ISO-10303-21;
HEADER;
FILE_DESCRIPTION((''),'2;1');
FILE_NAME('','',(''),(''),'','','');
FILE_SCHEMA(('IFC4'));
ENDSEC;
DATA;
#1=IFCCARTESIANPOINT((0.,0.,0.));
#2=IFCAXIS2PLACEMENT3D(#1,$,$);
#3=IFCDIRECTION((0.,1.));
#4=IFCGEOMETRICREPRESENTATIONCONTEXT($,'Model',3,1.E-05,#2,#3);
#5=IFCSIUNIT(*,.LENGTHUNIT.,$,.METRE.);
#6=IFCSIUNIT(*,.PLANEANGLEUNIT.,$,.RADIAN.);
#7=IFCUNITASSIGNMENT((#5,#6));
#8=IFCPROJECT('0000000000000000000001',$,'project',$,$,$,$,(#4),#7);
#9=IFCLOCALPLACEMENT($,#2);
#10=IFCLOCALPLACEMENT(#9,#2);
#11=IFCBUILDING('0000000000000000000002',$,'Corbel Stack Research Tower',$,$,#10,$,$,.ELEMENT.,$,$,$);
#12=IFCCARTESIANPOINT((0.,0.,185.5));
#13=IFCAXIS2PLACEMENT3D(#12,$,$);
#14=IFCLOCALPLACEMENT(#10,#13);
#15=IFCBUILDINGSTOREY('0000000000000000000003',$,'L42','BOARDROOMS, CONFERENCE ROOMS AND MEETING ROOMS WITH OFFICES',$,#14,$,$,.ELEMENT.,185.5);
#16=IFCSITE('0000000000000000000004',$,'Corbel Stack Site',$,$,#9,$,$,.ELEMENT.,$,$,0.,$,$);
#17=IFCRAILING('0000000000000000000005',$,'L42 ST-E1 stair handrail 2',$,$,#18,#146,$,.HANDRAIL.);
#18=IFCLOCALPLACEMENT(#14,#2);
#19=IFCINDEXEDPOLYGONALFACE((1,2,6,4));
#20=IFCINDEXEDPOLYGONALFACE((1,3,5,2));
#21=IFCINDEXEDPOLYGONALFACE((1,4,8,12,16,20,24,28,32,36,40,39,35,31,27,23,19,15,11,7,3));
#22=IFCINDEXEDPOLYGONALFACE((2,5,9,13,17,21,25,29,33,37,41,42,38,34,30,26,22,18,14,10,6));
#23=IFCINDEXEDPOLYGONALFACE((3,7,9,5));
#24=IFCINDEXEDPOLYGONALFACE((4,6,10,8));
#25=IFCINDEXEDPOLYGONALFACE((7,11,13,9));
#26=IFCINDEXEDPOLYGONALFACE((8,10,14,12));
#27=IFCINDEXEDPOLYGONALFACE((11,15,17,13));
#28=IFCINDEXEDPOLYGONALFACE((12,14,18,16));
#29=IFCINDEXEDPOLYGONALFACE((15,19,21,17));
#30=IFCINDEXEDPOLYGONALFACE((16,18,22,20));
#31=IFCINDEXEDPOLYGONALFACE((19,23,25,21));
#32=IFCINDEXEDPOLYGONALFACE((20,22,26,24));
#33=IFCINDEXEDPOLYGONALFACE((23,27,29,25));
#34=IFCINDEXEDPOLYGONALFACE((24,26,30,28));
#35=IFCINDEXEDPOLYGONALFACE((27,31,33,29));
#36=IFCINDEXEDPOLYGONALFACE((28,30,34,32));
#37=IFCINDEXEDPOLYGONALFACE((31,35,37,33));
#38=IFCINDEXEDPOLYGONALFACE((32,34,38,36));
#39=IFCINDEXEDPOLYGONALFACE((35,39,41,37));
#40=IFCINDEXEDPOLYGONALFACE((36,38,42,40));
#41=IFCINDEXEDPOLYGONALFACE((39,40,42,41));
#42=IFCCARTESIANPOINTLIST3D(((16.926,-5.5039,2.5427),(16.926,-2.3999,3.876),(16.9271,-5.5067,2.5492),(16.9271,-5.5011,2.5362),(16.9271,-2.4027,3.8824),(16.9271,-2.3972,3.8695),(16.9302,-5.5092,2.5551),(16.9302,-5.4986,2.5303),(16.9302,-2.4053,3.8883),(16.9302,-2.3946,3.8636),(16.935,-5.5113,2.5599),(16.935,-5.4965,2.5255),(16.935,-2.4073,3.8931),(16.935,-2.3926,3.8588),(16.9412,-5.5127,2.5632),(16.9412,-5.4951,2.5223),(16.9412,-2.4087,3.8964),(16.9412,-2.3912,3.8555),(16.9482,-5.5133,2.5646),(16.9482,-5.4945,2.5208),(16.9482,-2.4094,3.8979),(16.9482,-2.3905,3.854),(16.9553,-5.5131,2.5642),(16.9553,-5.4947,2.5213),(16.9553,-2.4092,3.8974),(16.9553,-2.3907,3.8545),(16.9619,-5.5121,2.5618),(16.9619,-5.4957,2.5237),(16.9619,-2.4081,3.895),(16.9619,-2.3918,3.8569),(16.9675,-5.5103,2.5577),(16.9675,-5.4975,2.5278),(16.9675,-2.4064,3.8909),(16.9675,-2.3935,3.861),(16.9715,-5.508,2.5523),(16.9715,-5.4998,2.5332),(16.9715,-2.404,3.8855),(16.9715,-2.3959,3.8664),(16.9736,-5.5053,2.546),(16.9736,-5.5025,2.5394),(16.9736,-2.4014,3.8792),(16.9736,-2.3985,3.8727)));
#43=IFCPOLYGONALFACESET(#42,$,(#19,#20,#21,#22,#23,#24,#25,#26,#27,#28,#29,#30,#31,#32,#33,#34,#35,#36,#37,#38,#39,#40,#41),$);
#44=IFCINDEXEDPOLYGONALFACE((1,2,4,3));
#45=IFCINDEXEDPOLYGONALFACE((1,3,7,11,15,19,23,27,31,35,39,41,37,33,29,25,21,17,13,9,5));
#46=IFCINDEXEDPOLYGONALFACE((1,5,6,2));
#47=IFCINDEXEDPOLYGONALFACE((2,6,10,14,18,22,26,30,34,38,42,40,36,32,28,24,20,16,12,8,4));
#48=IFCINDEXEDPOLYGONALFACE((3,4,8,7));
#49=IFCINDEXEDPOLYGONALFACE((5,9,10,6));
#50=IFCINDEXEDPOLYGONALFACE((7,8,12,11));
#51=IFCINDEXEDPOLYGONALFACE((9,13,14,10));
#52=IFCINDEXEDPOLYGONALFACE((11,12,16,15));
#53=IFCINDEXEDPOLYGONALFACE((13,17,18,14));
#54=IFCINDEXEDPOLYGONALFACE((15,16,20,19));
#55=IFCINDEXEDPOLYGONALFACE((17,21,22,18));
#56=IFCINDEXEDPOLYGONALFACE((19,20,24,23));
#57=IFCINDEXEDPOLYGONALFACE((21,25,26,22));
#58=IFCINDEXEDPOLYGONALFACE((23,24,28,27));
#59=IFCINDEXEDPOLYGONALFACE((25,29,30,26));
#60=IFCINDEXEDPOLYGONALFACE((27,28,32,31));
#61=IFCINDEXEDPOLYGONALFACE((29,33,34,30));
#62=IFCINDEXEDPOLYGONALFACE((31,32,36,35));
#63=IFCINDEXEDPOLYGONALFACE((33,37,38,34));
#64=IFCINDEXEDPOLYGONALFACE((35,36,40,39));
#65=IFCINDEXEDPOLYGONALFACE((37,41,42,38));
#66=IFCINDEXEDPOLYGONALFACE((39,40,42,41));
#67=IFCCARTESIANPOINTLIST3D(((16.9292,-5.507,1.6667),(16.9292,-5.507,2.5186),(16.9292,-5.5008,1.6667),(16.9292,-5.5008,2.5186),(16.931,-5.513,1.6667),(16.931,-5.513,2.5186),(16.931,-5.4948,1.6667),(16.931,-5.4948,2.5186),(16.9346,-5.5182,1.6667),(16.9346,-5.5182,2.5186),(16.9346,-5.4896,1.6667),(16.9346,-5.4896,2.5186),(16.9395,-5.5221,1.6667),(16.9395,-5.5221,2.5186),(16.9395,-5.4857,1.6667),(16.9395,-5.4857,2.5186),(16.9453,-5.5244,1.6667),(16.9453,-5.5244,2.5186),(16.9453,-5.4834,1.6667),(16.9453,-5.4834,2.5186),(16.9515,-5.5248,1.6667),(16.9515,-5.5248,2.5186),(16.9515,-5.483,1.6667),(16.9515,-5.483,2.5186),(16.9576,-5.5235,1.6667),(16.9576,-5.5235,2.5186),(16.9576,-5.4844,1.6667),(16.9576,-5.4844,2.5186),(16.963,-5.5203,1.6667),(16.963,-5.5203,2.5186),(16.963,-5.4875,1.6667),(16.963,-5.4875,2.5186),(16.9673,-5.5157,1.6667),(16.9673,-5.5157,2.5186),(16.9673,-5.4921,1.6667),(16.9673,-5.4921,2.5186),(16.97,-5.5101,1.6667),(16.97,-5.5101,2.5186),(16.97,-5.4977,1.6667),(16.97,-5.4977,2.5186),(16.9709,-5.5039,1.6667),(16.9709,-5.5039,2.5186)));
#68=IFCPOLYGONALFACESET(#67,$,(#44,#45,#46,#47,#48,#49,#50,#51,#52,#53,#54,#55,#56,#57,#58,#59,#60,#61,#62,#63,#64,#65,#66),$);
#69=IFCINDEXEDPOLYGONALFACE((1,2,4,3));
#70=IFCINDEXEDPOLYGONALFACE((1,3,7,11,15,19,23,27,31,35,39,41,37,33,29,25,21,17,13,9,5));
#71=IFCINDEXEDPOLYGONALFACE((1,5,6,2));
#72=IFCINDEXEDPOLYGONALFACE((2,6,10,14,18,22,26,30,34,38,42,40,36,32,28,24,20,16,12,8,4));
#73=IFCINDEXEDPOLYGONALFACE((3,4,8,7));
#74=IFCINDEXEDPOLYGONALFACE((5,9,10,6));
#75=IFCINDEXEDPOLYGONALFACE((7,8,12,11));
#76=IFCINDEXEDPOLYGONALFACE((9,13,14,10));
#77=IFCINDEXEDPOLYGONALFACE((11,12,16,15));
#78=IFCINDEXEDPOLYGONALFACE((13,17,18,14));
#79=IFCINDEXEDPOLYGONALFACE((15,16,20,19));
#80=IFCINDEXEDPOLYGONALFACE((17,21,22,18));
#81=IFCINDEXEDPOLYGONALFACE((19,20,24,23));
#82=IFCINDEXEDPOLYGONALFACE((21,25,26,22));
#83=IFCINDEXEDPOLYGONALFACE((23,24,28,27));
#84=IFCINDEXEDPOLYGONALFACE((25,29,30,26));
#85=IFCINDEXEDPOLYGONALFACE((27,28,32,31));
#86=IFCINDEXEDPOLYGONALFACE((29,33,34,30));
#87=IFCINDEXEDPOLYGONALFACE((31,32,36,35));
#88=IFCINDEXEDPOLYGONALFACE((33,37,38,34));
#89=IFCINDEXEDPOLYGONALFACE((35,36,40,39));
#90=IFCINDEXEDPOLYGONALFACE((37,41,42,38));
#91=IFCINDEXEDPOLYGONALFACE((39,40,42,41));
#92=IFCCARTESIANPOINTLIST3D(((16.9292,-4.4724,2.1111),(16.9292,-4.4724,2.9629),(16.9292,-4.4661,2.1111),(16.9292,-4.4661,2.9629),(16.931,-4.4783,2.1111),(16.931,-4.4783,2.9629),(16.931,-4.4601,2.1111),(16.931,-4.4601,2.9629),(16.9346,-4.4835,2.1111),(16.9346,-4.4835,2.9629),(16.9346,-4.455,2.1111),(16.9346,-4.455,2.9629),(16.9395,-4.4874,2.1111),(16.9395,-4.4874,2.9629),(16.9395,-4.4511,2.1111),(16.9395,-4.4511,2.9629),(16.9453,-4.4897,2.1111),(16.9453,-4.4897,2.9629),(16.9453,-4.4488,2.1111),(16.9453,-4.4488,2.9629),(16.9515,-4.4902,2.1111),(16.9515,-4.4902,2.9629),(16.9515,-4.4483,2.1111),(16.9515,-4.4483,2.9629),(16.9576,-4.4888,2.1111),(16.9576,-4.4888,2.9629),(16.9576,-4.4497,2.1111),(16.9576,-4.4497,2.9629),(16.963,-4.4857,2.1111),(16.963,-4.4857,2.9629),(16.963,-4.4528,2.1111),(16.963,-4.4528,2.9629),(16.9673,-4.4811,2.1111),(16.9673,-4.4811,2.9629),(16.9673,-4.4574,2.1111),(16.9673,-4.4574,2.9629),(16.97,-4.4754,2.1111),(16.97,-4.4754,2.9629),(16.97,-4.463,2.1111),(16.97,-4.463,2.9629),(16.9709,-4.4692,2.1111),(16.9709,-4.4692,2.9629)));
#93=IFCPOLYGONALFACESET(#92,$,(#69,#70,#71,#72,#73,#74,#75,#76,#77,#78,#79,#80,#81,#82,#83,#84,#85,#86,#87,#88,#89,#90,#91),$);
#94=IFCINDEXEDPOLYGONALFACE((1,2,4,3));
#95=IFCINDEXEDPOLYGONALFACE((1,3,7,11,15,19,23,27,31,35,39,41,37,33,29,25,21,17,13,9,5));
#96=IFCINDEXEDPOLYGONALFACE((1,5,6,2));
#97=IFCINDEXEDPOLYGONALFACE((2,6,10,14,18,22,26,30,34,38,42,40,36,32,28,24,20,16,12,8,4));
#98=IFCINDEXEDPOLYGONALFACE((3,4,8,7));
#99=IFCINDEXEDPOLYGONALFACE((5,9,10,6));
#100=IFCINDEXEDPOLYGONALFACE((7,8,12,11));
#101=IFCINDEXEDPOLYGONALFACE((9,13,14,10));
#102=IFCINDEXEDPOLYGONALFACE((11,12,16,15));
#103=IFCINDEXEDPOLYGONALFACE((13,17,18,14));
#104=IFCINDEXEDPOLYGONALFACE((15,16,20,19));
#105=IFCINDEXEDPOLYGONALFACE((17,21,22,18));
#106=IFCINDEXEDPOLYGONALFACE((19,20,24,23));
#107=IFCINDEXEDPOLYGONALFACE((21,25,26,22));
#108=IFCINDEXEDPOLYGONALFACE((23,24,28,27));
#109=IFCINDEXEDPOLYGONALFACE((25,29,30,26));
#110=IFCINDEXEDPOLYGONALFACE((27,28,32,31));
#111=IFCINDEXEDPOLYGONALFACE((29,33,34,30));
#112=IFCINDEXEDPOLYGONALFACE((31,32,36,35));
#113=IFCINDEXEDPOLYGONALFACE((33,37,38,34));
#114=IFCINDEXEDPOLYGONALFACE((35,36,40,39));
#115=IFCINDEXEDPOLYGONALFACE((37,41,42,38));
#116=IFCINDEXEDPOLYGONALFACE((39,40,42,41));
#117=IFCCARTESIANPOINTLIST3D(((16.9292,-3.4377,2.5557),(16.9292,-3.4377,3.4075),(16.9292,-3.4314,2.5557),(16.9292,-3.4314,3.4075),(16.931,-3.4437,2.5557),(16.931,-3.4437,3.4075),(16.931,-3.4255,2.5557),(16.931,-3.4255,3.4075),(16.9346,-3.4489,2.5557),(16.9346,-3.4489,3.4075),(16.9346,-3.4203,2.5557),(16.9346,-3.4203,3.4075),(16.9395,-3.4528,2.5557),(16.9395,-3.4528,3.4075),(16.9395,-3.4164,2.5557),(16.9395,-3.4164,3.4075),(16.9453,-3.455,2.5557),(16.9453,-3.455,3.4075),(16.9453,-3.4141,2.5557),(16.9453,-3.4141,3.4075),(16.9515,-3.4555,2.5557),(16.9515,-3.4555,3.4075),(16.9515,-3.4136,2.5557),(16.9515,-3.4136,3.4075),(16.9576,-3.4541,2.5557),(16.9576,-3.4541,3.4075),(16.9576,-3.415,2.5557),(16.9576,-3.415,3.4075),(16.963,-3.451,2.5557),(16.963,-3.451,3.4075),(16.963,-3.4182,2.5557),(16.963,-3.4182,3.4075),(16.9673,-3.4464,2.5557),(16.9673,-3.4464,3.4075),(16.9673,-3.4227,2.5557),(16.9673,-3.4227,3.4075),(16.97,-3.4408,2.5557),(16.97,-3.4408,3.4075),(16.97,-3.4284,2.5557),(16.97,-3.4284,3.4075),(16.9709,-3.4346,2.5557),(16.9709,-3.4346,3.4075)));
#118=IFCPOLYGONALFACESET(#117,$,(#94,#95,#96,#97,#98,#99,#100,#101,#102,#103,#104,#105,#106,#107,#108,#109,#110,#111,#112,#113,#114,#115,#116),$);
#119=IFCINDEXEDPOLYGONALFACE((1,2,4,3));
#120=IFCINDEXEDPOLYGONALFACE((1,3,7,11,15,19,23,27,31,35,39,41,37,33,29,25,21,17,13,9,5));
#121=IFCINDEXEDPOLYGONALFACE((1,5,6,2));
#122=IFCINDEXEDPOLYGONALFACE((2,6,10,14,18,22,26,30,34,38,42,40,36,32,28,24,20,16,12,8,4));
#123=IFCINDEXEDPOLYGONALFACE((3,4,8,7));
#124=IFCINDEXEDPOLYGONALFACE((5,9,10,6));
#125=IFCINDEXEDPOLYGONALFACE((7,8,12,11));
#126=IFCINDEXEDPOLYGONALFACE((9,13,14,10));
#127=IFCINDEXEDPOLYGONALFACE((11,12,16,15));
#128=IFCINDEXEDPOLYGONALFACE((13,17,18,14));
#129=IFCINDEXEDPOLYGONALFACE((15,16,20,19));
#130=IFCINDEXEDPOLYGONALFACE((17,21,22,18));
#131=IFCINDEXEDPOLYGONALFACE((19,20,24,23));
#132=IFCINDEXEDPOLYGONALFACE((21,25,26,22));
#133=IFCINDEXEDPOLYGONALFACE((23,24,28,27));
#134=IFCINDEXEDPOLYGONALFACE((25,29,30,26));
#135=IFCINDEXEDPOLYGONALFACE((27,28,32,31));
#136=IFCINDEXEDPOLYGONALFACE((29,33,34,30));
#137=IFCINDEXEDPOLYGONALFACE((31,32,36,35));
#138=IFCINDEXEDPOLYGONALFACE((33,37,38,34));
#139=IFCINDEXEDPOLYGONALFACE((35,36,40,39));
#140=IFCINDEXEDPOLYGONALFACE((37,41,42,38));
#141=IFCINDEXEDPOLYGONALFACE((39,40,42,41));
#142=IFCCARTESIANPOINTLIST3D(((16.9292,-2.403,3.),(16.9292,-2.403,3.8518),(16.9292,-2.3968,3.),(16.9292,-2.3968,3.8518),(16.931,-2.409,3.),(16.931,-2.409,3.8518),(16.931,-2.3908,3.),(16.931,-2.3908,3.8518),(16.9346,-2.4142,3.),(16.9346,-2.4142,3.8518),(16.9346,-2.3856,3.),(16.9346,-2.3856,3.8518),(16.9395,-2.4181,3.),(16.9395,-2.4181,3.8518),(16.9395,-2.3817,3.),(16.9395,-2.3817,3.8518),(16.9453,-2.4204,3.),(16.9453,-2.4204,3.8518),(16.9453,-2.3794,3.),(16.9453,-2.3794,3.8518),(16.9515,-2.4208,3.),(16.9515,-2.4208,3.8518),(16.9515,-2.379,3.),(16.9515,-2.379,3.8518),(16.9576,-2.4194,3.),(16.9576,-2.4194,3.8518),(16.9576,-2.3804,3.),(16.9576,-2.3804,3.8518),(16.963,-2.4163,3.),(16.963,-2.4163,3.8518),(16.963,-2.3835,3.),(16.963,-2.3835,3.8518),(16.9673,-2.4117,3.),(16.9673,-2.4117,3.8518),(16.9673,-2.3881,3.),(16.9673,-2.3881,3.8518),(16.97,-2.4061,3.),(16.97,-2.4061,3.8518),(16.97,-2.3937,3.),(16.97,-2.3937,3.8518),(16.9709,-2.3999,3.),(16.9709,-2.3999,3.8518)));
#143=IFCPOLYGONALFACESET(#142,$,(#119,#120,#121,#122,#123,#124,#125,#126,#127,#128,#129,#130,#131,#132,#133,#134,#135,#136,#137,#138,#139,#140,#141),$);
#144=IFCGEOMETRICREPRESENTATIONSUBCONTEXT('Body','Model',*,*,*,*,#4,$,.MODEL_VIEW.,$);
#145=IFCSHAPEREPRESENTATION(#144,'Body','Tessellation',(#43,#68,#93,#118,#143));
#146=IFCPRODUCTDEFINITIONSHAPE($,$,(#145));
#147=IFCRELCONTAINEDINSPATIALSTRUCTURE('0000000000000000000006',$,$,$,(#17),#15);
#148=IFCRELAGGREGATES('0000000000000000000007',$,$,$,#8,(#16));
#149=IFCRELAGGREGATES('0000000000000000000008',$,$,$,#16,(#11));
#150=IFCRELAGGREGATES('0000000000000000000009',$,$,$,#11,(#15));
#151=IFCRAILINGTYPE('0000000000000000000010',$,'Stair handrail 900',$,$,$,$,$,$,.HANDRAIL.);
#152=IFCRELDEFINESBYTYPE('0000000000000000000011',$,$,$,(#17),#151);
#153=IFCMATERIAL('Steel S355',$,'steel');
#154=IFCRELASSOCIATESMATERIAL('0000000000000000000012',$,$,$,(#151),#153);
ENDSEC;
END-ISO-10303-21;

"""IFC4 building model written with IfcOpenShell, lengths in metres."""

from ifc_helpers import new_model, si_unit, direction, frame, origin, origin_2d, place, context, subcontext, project, spatial, circle, extrude, material, type_object, element, save


model = new_model("IFC4")

# Units and contexts
model_context = context("Model", 3, precision=1e-05, world=origin(), true_north=direction((0.0, 1.0)))
body_context = subcontext(model_context, "Body", "Model", "MODEL_VIEW")
ifc_project = project(units=[si_unit("LENGTHUNIT", "METRE"), si_unit("PLANEANGLEUNIT", "RADIAN")], contexts=[model_context])

# Site, building, storey
site_placement = place(None, origin())
site = spatial("IfcSite", under=ifc_project, at=site_placement, Name="Corbel Stack Site", CompositionType="ELEMENT", RefElevation=0.0)
building_placement = place(site_placement, origin())
building = spatial("IfcBuilding", under=site, at=building_placement, Name="Corbel Stack Research Tower", CompositionType="ELEMENT")
storey_placement = place(building_placement, frame((0.0, 0.0, 185.5)))
storey = spatial("IfcBuildingStorey", under=building, at=storey_placement, Name="L42", Description="BOARDROOMS, CONFERENCE ROOMS AND MEETING ROOMS WITH OFFICES", CompositionType="ELEMENT", Elevation=185.5)

# Railing
ifc_material_1 = material(Name="Steel S355", Category="steel")
railing_type_1 = type_object("IfcRailingType", Name="Stair handrail 900", PredefinedType="HANDRAIL", material=ifc_material_1)
for number, where, name in (
    (1, (16.95, -5.5039, 1.6667), "L42 ST-E1 stair handrail 2"),
):
    element("IfcRailing", number, at=place(storey_placement, frame(where)), inside=storey, type_object=railing_type_1, Name=name, PredefinedType="HANDRAIL", context=body_context, shape_type="SweptSolid", body=[
        extrude(circle(Radius=0.0239, at=origin_2d()), frame((0.0, 0.0, 0.876), z_axis=(0.0, 0.918827, 0.394661), x_axis=(-1.0, 0.0, 0.0)), (0.0, 0.0, 1.0), 3.3782),
        extrude(circle(Radius=0.021, at=origin_2d()), origin(), (0.0, 0.0, 1.0), 0.8518),
        extrude(circle(Radius=0.021, at=origin_2d()), frame((0.0, 1.0347, 0.4443)), (0.0, 0.0, 1.0), 0.8518),
        extrude(circle(Radius=0.021, at=origin_2d()), frame((0.0, 2.0693, 0.8889)), (0.0, 0.0, 1.0), 0.8518),
        extrude(circle(Radius=0.021, at=origin_2d()), frame((0.0, 3.104, 1.3333)), (0.0, 0.0, 1.0), 0.8518),
    ])

save(model, "model.ifc")
